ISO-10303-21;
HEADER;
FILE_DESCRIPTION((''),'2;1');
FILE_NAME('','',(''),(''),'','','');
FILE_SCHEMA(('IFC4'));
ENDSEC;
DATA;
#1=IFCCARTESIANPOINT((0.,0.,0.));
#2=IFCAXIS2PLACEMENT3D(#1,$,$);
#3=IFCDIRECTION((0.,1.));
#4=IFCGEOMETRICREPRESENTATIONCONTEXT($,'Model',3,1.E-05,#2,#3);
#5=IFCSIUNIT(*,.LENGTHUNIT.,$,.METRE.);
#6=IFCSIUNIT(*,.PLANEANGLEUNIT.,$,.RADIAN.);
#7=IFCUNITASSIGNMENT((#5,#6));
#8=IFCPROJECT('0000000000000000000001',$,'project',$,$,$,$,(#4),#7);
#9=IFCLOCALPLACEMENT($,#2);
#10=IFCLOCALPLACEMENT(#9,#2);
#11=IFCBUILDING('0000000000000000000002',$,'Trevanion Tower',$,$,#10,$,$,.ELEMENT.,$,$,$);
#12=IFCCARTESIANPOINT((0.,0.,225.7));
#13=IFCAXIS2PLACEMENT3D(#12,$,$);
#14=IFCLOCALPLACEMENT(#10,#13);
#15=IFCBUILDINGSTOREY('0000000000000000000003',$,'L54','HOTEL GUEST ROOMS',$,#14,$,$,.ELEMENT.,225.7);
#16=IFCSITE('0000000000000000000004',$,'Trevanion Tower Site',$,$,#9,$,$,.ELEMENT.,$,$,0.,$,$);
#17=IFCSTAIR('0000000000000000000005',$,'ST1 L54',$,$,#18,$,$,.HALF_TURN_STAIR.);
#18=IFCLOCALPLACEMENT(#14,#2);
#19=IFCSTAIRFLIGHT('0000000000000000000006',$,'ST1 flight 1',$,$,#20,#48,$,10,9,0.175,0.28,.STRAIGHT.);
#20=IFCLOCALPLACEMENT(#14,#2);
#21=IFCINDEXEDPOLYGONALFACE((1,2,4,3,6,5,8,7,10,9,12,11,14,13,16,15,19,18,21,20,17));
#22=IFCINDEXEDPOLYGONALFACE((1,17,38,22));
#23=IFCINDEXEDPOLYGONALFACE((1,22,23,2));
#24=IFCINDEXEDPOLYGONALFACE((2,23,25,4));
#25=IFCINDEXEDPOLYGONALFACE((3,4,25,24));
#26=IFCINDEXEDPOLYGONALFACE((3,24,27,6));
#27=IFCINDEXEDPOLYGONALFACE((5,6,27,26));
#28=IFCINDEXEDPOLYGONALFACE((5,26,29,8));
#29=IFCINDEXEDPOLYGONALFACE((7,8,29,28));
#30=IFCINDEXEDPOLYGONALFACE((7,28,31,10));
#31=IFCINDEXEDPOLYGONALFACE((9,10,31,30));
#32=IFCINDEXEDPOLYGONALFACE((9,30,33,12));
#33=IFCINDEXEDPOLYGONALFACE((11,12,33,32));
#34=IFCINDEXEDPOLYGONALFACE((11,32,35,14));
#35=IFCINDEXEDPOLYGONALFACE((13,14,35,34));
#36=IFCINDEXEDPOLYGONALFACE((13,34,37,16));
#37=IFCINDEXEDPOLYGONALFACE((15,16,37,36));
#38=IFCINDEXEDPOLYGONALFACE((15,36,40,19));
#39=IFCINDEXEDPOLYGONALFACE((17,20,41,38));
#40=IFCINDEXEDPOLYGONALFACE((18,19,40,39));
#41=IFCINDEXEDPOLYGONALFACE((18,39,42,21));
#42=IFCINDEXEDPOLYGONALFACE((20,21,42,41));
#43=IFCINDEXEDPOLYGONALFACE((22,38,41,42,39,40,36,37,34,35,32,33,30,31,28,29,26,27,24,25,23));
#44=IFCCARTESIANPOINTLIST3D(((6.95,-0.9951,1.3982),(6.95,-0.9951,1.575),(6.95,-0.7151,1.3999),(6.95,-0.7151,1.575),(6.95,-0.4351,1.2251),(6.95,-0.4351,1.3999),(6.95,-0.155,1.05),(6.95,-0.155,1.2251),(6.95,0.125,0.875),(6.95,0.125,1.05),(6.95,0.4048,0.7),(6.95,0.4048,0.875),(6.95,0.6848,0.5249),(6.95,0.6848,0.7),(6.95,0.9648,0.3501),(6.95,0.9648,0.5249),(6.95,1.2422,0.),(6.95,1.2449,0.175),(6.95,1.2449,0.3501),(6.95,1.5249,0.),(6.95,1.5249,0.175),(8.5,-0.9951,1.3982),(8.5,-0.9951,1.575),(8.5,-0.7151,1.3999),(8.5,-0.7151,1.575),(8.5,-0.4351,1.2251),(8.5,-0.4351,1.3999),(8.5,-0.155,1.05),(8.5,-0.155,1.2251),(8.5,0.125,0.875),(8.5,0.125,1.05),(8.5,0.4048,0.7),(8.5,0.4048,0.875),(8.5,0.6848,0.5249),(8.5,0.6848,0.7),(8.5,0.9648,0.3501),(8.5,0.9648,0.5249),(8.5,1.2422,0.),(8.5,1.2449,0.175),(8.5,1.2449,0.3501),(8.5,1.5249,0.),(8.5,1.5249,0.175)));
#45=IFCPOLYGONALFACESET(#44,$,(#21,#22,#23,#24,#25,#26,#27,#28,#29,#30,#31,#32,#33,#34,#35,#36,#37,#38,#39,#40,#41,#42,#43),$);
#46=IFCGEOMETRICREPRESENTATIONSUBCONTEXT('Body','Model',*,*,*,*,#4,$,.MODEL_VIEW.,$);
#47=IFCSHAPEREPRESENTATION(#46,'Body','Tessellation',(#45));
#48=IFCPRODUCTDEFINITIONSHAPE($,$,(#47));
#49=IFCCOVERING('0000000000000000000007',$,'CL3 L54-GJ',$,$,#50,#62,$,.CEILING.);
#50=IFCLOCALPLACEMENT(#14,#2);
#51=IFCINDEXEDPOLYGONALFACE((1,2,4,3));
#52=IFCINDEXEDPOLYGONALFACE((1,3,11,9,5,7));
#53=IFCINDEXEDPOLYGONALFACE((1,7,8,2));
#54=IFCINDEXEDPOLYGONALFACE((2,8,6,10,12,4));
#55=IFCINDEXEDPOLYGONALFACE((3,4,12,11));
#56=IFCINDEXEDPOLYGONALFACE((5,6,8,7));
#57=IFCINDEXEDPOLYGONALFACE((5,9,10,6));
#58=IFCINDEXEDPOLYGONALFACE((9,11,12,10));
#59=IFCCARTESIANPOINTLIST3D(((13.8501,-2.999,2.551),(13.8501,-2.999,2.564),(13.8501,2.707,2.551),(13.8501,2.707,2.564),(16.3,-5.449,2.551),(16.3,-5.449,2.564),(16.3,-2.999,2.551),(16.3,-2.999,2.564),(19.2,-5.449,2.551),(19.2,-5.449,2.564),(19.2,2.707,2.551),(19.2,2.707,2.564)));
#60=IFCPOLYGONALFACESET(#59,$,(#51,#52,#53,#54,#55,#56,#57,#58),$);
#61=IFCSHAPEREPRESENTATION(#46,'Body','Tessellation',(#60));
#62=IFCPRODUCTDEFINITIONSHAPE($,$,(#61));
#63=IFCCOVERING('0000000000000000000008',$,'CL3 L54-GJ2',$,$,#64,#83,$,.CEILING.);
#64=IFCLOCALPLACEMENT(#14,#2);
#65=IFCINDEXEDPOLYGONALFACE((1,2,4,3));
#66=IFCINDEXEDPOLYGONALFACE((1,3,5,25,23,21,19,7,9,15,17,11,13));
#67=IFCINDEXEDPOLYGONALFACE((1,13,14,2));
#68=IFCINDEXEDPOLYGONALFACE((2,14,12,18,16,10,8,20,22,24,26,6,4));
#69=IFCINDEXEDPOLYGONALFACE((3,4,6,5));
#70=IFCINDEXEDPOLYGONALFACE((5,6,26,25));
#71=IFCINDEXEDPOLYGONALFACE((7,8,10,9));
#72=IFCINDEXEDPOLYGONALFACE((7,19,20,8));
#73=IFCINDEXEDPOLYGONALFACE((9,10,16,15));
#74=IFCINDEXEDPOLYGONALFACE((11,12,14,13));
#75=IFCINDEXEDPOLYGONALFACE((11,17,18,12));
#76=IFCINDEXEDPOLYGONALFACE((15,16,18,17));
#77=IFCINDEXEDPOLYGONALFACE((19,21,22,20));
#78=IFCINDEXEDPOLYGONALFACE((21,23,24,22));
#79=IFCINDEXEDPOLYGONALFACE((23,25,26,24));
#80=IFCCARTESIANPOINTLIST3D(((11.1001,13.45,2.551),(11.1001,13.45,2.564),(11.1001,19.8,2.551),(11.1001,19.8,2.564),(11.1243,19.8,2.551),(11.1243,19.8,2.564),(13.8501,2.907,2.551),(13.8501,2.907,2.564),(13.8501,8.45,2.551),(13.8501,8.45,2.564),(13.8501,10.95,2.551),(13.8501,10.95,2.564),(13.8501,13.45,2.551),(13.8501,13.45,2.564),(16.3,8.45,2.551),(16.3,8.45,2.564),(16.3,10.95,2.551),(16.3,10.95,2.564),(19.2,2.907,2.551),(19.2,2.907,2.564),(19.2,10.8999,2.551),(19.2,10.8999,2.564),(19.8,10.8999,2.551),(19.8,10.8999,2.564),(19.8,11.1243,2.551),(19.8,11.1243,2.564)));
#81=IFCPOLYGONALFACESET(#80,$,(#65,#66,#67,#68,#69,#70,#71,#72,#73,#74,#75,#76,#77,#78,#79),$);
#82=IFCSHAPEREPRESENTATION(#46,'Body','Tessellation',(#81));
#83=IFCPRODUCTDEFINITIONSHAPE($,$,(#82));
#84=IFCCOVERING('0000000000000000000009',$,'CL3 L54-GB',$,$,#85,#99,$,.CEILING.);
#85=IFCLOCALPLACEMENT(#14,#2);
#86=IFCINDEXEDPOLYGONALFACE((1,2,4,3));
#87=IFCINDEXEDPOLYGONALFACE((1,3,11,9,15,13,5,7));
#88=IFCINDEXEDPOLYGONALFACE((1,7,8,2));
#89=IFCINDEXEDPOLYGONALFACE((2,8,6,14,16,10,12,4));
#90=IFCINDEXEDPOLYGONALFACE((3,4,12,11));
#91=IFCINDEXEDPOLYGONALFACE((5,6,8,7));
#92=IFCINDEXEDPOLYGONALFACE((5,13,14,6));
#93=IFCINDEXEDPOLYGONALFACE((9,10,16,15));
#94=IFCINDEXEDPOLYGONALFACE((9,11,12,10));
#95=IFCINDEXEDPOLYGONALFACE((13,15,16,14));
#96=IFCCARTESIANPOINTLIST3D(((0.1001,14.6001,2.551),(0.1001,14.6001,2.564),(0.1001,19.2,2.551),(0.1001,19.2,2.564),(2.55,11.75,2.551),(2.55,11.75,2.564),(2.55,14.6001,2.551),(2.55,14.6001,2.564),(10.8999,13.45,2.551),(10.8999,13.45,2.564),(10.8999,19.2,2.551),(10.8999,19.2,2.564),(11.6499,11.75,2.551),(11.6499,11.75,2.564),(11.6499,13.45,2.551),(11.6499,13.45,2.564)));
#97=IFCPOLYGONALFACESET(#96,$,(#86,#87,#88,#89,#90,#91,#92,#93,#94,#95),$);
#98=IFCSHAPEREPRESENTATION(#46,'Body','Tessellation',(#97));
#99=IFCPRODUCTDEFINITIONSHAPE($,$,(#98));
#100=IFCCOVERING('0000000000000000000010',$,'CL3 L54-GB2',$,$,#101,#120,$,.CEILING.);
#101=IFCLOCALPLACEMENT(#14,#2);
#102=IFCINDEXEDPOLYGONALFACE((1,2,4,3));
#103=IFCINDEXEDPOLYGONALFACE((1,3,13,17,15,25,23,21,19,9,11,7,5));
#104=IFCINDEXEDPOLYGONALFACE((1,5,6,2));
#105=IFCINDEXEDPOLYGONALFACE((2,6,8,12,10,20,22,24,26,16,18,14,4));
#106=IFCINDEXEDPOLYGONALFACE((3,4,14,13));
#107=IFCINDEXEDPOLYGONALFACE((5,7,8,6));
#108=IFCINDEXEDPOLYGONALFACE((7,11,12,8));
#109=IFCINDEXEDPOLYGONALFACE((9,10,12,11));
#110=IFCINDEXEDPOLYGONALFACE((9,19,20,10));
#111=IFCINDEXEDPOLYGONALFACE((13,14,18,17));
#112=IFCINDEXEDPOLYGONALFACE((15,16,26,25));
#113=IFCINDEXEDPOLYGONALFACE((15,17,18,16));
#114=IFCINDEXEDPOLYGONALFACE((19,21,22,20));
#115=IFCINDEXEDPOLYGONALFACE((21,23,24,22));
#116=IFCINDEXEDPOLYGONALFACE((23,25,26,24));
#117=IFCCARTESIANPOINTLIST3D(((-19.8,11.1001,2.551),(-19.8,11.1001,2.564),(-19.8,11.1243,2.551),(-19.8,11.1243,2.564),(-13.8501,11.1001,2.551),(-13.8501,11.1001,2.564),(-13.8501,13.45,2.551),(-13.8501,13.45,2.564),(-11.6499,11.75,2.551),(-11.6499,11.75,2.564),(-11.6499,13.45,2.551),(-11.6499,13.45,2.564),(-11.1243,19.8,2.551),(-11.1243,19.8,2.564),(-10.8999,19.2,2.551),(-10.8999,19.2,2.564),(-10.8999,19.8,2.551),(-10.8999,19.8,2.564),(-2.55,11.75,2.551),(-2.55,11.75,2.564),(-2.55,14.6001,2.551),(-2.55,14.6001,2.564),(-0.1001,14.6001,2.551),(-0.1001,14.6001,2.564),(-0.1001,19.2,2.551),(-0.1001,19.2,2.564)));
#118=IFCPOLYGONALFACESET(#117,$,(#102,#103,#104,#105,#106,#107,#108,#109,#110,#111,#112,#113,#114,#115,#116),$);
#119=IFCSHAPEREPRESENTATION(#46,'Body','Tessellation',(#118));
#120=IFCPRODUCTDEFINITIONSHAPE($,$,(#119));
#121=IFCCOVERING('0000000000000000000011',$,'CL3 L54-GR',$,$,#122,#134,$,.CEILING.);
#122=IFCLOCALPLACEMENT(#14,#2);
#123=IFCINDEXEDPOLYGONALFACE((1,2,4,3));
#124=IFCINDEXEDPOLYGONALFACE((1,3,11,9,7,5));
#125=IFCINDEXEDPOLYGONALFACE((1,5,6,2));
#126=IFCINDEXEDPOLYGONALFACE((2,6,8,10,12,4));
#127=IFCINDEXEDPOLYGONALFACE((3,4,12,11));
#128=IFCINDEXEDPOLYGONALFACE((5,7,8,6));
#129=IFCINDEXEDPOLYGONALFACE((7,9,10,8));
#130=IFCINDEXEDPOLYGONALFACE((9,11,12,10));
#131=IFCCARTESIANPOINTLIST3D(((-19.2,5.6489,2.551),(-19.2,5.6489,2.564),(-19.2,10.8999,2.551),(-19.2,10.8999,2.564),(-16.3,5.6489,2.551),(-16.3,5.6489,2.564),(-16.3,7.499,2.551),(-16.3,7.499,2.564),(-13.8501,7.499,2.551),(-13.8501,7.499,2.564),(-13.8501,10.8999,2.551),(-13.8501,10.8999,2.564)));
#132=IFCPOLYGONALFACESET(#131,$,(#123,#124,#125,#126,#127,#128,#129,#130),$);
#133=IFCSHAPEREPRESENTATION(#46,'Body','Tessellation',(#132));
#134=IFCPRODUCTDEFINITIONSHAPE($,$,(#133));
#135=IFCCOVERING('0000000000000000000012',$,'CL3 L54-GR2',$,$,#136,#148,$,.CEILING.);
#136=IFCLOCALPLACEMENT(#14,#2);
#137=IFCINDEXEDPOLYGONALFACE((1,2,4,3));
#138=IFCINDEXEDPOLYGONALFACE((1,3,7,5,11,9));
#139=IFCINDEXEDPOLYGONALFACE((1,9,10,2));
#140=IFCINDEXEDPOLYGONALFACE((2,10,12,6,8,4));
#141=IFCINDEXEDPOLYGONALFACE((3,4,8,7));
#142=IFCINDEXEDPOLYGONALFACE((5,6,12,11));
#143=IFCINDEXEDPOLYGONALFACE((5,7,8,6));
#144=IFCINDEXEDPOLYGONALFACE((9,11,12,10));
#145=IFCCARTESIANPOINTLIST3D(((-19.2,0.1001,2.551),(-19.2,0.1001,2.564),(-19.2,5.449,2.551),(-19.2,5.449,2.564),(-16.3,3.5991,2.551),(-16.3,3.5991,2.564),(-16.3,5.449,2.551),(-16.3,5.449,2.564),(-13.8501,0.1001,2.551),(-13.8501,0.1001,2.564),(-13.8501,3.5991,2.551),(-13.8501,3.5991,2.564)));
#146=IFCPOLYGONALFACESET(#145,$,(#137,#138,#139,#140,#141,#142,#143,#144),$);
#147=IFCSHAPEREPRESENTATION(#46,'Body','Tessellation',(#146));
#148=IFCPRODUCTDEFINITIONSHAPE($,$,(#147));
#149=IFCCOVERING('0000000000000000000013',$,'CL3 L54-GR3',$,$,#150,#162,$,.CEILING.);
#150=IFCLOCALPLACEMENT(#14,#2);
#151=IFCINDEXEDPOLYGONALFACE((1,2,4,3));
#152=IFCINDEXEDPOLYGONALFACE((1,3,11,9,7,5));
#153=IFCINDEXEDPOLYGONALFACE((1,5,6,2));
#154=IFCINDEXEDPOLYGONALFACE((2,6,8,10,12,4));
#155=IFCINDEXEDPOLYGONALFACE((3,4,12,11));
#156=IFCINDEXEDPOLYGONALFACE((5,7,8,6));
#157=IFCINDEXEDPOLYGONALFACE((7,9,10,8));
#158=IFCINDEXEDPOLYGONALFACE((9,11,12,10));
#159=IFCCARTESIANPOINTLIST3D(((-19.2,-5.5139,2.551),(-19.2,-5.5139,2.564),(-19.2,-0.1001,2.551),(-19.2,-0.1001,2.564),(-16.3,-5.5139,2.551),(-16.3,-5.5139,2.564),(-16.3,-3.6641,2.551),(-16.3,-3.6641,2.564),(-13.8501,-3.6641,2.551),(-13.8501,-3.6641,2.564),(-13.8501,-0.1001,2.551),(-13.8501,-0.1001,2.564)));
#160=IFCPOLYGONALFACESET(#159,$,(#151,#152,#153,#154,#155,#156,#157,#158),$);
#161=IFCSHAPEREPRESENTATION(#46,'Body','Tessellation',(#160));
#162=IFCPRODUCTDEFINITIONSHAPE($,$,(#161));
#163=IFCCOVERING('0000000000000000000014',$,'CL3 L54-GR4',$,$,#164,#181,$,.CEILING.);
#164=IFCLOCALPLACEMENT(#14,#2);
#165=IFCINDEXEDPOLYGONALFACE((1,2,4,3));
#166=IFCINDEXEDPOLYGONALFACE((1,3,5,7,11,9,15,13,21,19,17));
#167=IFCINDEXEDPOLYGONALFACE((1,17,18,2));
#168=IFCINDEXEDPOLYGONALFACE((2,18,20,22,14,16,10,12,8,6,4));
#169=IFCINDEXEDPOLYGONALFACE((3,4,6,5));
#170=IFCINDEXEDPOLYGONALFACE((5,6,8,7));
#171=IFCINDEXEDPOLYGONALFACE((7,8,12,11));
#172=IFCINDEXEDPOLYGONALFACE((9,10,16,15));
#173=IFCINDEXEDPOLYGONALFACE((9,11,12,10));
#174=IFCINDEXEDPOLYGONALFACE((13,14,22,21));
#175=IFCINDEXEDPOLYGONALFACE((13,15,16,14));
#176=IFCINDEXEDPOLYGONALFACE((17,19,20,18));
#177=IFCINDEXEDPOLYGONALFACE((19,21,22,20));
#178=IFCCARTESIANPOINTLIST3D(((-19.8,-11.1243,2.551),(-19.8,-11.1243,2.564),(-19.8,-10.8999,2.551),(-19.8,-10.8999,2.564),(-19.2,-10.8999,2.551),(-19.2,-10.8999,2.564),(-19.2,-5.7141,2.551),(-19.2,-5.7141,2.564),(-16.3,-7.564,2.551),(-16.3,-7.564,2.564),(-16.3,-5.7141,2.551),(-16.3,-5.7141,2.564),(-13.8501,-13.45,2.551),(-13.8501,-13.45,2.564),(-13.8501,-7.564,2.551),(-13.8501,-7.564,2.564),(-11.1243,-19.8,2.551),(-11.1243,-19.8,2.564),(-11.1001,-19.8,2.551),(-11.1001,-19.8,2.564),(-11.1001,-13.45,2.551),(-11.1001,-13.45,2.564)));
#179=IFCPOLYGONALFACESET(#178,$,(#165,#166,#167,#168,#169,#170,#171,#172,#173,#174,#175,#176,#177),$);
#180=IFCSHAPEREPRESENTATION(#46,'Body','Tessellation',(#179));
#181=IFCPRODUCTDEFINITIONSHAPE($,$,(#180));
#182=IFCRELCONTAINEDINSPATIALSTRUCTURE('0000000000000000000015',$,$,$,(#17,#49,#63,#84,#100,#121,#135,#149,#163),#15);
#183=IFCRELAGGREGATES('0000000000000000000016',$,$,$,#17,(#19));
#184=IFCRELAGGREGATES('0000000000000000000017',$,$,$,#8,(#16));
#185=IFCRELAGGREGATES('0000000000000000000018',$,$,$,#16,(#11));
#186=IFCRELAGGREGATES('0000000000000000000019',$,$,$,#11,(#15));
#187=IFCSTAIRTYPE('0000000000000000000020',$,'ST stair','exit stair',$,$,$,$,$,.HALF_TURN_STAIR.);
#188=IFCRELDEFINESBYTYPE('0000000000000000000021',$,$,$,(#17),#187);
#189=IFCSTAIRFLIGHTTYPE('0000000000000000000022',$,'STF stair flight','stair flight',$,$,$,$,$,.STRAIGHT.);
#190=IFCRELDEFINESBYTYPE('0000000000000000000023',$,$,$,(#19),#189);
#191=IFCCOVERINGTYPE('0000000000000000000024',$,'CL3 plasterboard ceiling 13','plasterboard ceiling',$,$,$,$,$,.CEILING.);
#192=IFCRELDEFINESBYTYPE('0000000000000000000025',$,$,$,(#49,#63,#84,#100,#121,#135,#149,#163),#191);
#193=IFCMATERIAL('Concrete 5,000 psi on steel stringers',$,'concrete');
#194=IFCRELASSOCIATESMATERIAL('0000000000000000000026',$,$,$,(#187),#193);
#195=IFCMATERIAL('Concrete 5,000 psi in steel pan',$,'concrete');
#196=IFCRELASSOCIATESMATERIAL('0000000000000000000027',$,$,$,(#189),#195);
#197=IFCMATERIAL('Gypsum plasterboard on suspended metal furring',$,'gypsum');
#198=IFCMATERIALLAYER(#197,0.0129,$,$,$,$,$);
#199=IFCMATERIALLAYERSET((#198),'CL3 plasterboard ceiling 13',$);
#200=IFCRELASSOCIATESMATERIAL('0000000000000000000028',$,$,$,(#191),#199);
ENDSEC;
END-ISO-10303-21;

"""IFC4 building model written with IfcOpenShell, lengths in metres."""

from ifc_helpers import new_model, si_unit, direction, frame, origin, place, context, subcontext, project, spatial, polyline, outline, extrude, material, layer, layer_set, type_object, element, aggregate, save


model = new_model("IFC4")

# Units and contexts
model_context = context("Model", 3, precision=1e-05, world=origin(), true_north=direction((0.0, 1.0)))
body_context = subcontext(model_context, "Body", "Model", "MODEL_VIEW")
ifc_project = project(units=[si_unit("LENGTHUNIT", "METRE"), si_unit("PLANEANGLEUNIT", "RADIAN")], contexts=[model_context])

# Site, building, storey
site_placement = place(None, origin())
site = spatial("IfcSite", under=ifc_project, at=site_placement, Name="Trevanion Tower Site", CompositionType="ELEMENT", RefElevation=0.0)
building_placement = place(site_placement, origin())
building = spatial("IfcBuilding", under=site, at=building_placement, Name="Trevanion Tower", CompositionType="ELEMENT")
storey_placement = place(building_placement, frame((0.0, 0.0, 225.7)))
storey = spatial("IfcBuildingStorey", under=building, at=storey_placement, Name="L54", Description="HOTEL GUEST ROOMS", CompositionType="ELEMENT", Elevation=225.7)

# Stair, stair flight
ifc_material_1 = material(Name="Concrete 5,000 psi on steel stringers", Category="concrete")
stair_type = type_object("IfcStairType", Name="ST stair", Description="exit stair", PredefinedType="HALF_TURN_STAIR", material=ifc_material_1)
stair_placement = place(storey_placement, origin())
stair = element("IfcStair", 1, at=stair_placement, inside=storey, type_object=stair_type, Name="ST1 L54", PredefinedType="HALF_TURN_STAIR")
ifc_material_2 = material(Name="Concrete 5,000 psi in steel pan", Category="concrete")
stair_flight_type = type_object("IfcStairFlightType", Name="STF stair flight", Description="stair flight", PredefinedType="STRAIGHT", material=ifc_material_2)
stair_flight_placement = place(storey_placement, frame((7.7251, 1.5249, 0.0), z_axis=(0.0, 0.0, 1.0), x_axis=(0.0, -1.0, 0.0)))
stair_flight = element("IfcStairFlight", 2, at=stair_flight_placement, type_object=stair_flight_type, Name="ST1 flight 1", NumberOfRisers=10, NumberOfTreads=9, PredefinedType="STRAIGHT", RiserHeight=0.175, TreadLength=0.28, context=body_context, shape_type="SweptSolid", body=[
    extrude(outline(polyline([(0.0, 0.0), (0.0, 0.175), (0.28, 0.175), (0.28, 0.3501), (0.5601, 0.3501), (0.5601, 0.5249), (0.8401, 0.5249), (0.8401, 0.7), (1.1201, 0.7), (1.1201, 0.875), (1.3999, 0.875), (1.3999, 1.05), (1.6799, 1.05), (1.6799, 1.2251), (1.96, 1.2251), (1.96, 1.3999), (2.24, 1.3999), (2.24, 1.575), (2.52, 1.575), (2.52, 1.75), (2.52, 1.3982), (0.2827, 0.0), (0.0, 0.0)])), frame((0.0, 0.7749, 0.0), z_axis=(0.0, -1.0, 0.0), x_axis=(1.0, 0.0, 0.0)), (0.0, 0.0, 1.0), 1.55),
])
aggregate(stair, [stair_flight])

# Coverings
ifc_material_3 = material(Name="Gypsum plasterboard on suspended metal furring", Category="gypsum")
ifc_layer_1 = layer(ifc_material_3, 0.0129)
ifc_layer_set_1 = layer_set([ifc_layer_1], Name="CL3 plasterboard ceiling 13")
covering_type_1 = type_object("IfcCoveringType", Name="CL3 plasterboard ceiling 13", Description="plasterboard ceiling", PredefinedType="CEILING", material=ifc_layer_set_1)
covering_1_placement = place(storey_placement, frame((0.0, 0.0, 2.551)))
element("IfcCovering", 3, at=covering_1_placement, inside=storey, type_object=covering_type_1, Name="CL3 L54-GJ", PredefinedType="CEILING", context=body_context, shape_type="SweptSolid", body=[
    extrude(outline(polyline([(13.8501, 2.707), (19.2, 2.707), (19.2, -5.449), (16.3, -5.449), (16.3, -2.999), (13.8501, -2.999), (13.8501, 2.707)])), origin(), (0.0, 0.0, 1.0), 0.0129),
])
covering_2_placement = place(storey_placement, frame((0.0, 0.0, 2.551)))
element("IfcCovering", 4, at=covering_2_placement, inside=storey, type_object=covering_type_1, Name="CL3 L54-GJ2", PredefinedType="CEILING", context=body_context, shape_type="SweptSolid", body=[
    extrude(outline(polyline([(11.1001, 13.45), (11.1001, 19.8), (11.1243, 19.8), (19.8, 11.1243), (19.8, 10.8999), (19.2, 10.8999), (19.2, 2.907), (13.8501, 2.907), (13.8501, 8.45), (16.3, 8.45), (16.3, 10.95), (13.8501, 10.95), (13.8501, 13.45), (11.1001, 13.45)])), origin(), (0.0, 0.0, 1.0), 0.0129),
])
covering_3_placement = place(storey_placement, frame((0.0, 0.0, 2.551)))
element("IfcCovering", 5, at=covering_3_placement, inside=storey, type_object=covering_type_1, Name="CL3 L54-GB", PredefinedType="CEILING", context=body_context, shape_type="SweptSolid", body=[
    extrude(outline(polyline([(0.1001, 19.2), (10.8999, 19.2), (10.8999, 13.45), (11.6499, 13.45), (11.6499, 11.75), (2.55, 11.75), (2.55, 14.6001), (0.1001, 14.6001), (0.1001, 19.2)])), origin(), (0.0, 0.0, 1.0), 0.0129),
])
covering_4_placement = place(storey_placement, frame((0.0, 0.0, 2.551)))
element("IfcCovering", 6, at=covering_4_placement, inside=storey, type_object=covering_type_1, Name="CL3 L54-GB2", PredefinedType="CEILING", context=body_context, shape_type="SweptSolid", body=[
    extrude(outline(polyline([(-13.8501, 11.1001), (-19.8, 11.1001), (-19.8, 11.1243), (-11.1243, 19.8), (-10.8999, 19.8), (-10.8999, 19.2), (-0.1001, 19.2), (-0.1001, 14.6001), (-2.55, 14.6001), (-2.55, 11.75), (-11.6499, 11.75), (-11.6499, 13.45), (-13.8501, 13.45), (-13.8501, 11.1001)])), origin(), (0.0, 0.0, 1.0), 0.0129),
])
covering_5_placement = place(storey_placement, frame((0.0, 0.0, 2.551)))
element("IfcCovering", 7, at=covering_5_placement, inside=storey, type_object=covering_type_1, Name="CL3 L54-GR", PredefinedType="CEILING", context=body_context, shape_type="SweptSolid", body=[
    extrude(outline(polyline([(-13.8501, 7.499), (-16.3, 7.499), (-16.3, 5.6489), (-19.2, 5.6489), (-19.2, 10.8999), (-13.8501, 10.8999), (-13.8501, 7.499)])), origin(), (0.0, 0.0, 1.0), 0.0129),
])
covering_6_placement = place(storey_placement, frame((0.0, 0.0, 2.551)))
element("IfcCovering", 8, at=covering_6_placement, inside=storey, type_object=covering_type_1, Name="CL3 L54-GR2", PredefinedType="CEILING", context=body_context, shape_type="SweptSolid", body=[
    extrude(outline(polyline([(-13.8501, 0.1001), (-19.2, 0.1001), (-19.2, 5.449), (-16.3, 5.449), (-16.3, 3.5991), (-13.8501, 3.5991), (-13.8501, 0.1001)])), origin(), (0.0, 0.0, 1.0), 0.0129),
])
covering_7_placement = place(storey_placement, frame((0.0, 0.0, 2.551)))
element("IfcCovering", 9, at=covering_7_placement, inside=storey, type_object=covering_type_1, Name="CL3 L54-GR3", PredefinedType="CEILING", context=body_context, shape_type="SweptSolid", body=[
    extrude(outline(polyline([(-13.8501, -3.6641), (-16.3, -3.6641), (-16.3, -5.5139), (-19.2, -5.5139), (-19.2, -0.1001), (-13.8501, -0.1001), (-13.8501, -3.6641)])), origin(), (0.0, 0.0, 1.0), 0.0129),
])
covering_8_placement = place(storey_placement, frame((0.0, 0.0, 2.551)))
element("IfcCovering", 10, at=covering_8_placement, inside=storey, type_object=covering_type_1, Name="CL3 L54-GR4", PredefinedType="CEILING", context=body_context, shape_type="SweptSolid", body=[
    extrude(outline(polyline([(-11.1001, -13.45), (-11.1001, -19.8), (-11.1243, -19.8), (-19.8, -11.1243), (-19.8, -10.8999), (-19.2, -10.8999), (-19.2, -5.7141), (-16.3, -5.7141), (-16.3, -7.564), (-13.8501, -7.564), (-13.8501, -13.45), (-11.1001, -13.45)])), origin(), (0.0, 0.0, 1.0), 0.0129),
])

save(model, "model.ifc")
